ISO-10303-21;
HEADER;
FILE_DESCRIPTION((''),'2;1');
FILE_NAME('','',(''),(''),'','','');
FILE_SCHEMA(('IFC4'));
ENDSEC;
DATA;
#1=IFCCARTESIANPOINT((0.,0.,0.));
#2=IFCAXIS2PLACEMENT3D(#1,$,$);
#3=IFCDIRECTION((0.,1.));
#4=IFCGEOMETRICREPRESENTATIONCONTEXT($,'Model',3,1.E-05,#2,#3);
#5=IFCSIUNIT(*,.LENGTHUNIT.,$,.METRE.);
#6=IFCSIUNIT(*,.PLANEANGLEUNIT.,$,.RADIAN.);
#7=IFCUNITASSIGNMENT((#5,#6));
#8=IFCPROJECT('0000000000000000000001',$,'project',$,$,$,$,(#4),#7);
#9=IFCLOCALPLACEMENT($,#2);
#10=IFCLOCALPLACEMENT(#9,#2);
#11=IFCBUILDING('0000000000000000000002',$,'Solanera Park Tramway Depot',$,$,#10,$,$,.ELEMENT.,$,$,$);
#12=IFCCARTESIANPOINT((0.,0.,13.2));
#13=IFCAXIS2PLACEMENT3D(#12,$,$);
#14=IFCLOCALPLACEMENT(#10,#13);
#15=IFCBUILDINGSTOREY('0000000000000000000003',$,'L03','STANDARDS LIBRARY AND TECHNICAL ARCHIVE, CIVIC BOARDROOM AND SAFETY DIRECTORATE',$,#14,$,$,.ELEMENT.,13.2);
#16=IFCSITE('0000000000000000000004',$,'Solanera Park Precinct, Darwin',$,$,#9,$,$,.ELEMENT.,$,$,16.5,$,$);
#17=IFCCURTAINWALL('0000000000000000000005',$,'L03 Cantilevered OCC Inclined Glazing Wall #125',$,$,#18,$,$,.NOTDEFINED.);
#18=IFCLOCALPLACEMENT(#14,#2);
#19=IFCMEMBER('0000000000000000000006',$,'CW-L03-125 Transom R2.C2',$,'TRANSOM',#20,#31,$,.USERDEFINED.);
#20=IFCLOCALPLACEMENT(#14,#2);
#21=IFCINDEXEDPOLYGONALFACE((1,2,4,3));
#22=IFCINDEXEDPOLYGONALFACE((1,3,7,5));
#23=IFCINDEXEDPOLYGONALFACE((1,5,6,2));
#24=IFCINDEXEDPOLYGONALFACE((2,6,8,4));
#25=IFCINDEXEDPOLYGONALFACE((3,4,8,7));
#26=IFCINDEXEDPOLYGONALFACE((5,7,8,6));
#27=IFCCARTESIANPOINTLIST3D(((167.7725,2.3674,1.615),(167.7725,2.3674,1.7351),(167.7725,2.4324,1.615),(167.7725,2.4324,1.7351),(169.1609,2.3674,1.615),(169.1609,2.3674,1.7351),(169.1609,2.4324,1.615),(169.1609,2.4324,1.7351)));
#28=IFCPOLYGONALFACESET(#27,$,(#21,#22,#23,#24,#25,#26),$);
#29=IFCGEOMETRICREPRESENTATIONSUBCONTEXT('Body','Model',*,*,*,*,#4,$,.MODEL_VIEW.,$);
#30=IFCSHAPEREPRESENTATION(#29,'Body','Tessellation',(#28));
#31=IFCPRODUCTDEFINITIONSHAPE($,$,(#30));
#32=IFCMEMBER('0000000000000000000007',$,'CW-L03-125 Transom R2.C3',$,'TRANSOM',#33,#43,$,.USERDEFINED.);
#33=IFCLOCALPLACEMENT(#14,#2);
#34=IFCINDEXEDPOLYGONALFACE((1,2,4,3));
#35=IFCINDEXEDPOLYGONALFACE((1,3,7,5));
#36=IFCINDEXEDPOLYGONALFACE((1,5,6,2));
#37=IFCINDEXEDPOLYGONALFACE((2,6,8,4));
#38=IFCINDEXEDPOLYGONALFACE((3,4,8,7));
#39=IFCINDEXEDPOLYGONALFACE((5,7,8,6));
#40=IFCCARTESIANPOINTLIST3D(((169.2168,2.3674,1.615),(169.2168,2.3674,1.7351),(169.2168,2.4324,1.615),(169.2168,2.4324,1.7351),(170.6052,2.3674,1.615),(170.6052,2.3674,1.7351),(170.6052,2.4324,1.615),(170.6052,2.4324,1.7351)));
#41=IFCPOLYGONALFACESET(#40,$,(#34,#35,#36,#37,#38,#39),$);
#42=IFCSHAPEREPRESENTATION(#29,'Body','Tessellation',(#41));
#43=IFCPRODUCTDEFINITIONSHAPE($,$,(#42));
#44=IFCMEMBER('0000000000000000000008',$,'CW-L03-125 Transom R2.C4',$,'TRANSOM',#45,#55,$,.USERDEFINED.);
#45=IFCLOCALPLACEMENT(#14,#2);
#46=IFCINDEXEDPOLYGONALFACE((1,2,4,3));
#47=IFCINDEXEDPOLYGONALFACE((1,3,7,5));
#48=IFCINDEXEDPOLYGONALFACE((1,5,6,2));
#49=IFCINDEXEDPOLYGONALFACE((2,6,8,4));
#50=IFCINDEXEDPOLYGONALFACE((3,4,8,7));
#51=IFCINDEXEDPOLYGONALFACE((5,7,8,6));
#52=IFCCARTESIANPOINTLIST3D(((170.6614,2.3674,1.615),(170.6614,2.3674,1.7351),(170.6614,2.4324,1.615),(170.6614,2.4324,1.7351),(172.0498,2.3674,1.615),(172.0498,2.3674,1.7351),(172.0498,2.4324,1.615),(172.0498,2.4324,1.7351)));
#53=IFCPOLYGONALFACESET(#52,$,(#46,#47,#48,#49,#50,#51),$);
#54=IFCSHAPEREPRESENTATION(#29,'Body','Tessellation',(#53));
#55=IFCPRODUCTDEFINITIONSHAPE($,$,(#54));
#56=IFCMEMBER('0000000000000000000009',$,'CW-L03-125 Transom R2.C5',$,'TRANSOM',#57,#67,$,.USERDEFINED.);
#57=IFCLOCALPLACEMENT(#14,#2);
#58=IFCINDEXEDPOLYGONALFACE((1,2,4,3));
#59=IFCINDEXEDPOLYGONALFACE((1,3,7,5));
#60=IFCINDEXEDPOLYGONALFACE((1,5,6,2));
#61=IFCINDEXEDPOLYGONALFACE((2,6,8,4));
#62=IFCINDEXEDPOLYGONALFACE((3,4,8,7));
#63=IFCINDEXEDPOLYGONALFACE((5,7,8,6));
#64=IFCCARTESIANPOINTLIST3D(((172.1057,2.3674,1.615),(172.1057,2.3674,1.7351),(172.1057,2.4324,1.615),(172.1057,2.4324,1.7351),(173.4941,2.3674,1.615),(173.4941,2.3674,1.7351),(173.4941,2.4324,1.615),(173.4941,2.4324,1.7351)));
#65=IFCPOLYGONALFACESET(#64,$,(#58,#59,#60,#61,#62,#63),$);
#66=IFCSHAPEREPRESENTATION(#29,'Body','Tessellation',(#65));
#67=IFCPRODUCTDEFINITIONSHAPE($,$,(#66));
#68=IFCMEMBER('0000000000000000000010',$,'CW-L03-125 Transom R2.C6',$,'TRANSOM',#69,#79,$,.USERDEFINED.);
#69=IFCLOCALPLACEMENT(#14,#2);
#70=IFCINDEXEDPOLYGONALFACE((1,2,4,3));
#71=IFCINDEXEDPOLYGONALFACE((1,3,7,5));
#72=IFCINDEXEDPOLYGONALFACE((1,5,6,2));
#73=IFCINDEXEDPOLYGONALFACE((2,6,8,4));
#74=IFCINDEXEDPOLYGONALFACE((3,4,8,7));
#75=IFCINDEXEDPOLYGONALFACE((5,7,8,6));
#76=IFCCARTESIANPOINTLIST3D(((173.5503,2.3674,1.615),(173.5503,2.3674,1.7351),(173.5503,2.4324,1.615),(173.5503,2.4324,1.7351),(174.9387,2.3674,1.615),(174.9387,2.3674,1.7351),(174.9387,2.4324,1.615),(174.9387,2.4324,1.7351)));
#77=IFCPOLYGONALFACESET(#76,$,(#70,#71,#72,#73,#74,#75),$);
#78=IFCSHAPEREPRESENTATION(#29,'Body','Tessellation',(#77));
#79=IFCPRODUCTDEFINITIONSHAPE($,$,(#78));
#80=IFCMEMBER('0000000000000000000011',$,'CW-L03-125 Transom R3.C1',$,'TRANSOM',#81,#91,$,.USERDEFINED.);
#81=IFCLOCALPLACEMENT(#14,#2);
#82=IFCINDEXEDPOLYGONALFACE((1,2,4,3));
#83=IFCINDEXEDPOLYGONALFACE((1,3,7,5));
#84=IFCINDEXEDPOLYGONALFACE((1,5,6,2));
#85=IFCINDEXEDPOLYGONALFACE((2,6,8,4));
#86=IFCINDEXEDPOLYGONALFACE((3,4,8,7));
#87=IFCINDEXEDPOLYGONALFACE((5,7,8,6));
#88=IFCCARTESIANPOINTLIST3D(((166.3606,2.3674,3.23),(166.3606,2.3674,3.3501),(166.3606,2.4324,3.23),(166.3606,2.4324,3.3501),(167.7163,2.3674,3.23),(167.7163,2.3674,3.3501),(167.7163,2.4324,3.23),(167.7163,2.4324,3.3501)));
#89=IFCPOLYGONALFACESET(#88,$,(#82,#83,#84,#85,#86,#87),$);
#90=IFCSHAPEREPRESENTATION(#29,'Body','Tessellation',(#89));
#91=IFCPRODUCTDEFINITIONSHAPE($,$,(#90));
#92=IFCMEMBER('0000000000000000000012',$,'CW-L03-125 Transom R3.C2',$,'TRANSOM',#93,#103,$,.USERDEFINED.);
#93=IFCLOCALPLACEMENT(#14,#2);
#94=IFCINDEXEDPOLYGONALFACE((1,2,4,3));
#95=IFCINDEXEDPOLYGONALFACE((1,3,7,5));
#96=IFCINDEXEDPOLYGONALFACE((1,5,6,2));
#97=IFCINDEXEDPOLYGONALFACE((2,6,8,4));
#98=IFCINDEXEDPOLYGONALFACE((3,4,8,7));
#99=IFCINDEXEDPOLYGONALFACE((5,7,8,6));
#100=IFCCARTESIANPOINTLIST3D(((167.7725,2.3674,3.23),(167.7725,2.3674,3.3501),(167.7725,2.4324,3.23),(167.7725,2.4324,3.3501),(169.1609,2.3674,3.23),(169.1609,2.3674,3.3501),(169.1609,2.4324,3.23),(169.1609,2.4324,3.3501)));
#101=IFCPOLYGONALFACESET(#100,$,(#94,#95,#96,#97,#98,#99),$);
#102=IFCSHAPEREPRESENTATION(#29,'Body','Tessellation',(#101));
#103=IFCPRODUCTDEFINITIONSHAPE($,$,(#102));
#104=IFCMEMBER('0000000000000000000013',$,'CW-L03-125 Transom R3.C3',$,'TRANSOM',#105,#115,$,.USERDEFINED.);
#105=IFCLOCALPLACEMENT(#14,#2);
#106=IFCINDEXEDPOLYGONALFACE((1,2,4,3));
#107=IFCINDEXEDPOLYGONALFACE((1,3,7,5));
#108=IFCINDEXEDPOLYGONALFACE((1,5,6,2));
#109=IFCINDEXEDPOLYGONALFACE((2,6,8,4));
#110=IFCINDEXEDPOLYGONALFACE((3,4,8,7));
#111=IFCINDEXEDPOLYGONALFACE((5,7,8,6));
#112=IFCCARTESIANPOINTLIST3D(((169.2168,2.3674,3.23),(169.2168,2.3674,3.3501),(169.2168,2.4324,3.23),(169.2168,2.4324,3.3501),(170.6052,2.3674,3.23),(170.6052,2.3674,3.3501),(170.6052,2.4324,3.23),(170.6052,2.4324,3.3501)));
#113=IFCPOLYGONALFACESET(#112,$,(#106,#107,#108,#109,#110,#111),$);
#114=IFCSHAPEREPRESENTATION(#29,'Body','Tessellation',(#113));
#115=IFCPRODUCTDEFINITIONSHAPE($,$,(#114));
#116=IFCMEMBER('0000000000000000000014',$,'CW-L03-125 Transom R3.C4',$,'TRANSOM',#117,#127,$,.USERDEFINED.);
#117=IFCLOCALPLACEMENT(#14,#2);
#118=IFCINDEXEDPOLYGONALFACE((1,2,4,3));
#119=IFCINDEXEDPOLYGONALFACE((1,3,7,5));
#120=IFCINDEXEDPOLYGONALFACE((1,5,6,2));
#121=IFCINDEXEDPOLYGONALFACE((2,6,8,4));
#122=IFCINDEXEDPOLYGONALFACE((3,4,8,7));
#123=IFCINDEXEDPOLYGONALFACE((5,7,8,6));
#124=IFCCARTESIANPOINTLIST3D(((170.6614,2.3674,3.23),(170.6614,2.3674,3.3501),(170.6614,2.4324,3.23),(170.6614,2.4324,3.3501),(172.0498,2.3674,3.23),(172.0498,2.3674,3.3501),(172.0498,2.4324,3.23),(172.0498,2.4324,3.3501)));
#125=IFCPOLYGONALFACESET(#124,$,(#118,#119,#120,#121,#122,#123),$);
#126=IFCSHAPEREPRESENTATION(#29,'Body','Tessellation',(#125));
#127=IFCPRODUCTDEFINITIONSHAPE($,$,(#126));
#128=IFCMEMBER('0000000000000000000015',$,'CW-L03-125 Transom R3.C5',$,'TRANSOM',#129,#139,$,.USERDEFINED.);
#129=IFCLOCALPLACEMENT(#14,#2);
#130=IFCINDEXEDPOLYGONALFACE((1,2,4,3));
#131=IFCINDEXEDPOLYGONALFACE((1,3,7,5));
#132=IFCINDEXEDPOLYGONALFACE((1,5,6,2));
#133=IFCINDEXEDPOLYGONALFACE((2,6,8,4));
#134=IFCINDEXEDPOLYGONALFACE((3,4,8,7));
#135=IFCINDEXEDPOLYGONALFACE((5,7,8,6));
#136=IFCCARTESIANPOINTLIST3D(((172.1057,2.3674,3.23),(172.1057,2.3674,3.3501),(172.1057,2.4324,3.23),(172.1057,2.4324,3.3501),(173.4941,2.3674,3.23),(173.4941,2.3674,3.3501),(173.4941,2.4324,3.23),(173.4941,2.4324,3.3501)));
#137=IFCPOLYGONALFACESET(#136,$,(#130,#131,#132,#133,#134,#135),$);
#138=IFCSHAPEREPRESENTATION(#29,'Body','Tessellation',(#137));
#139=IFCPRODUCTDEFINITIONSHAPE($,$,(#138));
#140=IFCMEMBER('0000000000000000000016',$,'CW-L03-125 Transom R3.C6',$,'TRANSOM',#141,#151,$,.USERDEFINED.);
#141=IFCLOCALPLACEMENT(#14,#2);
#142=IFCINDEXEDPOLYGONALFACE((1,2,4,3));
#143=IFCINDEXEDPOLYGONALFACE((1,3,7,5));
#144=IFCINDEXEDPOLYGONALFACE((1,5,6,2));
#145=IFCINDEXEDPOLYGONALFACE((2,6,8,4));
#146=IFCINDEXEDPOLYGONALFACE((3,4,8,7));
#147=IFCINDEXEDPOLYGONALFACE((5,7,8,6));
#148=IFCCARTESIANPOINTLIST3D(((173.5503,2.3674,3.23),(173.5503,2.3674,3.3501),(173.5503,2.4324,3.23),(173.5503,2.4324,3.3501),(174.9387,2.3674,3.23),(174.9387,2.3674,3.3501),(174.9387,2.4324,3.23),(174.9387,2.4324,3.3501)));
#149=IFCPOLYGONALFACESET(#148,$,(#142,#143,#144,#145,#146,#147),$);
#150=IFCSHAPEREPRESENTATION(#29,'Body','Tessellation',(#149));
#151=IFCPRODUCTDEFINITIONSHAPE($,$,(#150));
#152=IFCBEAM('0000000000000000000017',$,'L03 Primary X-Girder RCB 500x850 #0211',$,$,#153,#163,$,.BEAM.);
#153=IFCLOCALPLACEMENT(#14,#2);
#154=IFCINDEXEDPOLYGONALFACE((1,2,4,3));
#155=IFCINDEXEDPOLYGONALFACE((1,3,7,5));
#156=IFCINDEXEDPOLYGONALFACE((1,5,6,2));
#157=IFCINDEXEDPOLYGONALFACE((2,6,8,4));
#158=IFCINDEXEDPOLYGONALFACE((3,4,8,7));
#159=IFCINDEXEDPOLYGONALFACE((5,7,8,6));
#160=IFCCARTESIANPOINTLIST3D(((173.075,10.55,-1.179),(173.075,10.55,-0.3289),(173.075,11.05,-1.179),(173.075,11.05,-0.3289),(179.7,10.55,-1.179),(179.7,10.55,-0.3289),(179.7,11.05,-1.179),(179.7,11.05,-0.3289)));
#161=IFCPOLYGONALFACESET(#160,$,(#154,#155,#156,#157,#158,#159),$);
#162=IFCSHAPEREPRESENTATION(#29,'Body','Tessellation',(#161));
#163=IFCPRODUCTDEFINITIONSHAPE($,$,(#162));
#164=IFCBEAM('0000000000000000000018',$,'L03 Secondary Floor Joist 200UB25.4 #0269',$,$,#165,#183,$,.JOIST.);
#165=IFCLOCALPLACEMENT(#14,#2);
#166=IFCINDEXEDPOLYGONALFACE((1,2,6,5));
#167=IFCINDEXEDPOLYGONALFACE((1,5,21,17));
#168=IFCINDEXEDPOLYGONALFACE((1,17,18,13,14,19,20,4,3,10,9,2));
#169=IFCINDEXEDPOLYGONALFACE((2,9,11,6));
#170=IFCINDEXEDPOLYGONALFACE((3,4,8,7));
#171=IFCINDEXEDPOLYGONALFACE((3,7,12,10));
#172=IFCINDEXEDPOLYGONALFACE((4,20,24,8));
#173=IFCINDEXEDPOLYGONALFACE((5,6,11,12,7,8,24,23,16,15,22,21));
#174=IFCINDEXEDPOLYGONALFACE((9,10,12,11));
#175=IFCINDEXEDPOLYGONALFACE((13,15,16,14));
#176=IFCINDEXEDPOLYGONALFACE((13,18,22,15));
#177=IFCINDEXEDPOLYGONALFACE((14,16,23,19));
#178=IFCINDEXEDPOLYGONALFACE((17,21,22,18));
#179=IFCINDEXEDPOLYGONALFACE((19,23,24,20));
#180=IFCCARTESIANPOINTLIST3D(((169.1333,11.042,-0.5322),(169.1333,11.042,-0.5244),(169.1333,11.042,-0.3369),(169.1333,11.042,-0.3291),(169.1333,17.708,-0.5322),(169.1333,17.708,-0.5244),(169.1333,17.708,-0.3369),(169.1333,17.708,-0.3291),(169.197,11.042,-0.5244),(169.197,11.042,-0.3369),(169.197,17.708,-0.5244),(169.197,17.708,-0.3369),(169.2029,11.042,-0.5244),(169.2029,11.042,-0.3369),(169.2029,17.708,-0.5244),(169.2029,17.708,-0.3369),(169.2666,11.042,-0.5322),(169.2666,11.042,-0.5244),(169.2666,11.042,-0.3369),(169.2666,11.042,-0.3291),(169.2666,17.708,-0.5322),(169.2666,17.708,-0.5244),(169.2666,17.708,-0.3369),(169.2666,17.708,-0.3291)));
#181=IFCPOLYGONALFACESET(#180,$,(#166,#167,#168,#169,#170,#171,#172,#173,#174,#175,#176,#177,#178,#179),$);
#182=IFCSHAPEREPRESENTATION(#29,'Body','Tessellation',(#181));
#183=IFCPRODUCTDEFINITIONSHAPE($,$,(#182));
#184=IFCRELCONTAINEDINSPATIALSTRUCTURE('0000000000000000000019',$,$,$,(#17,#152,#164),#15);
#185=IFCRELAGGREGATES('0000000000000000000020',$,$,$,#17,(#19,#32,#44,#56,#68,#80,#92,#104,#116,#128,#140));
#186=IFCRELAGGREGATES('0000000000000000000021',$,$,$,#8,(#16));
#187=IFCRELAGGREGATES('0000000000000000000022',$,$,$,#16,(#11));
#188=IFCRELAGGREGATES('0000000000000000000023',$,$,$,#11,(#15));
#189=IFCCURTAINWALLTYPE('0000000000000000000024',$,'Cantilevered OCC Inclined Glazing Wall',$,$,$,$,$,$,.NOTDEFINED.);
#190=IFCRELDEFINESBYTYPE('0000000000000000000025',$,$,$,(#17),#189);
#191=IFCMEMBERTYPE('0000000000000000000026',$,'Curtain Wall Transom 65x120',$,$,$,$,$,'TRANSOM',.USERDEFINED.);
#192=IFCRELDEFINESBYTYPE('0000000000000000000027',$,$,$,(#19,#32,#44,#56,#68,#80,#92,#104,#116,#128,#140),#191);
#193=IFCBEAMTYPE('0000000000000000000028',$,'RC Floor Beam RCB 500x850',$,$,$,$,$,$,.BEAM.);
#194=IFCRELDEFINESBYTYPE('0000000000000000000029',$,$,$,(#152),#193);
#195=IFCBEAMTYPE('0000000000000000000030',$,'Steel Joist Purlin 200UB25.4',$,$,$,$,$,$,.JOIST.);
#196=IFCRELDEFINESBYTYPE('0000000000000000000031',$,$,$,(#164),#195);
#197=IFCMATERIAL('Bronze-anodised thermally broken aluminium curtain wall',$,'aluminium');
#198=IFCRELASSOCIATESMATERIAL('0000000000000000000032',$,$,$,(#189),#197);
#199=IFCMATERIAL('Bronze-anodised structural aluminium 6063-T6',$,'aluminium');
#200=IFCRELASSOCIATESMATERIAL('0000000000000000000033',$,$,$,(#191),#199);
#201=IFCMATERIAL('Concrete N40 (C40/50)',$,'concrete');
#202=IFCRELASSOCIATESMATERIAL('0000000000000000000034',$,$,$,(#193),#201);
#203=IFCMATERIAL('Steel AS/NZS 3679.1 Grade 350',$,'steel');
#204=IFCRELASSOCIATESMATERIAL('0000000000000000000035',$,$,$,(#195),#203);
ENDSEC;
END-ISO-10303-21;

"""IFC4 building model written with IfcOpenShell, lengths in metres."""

from ifc_helpers import new_model, si_unit, direction, frame, origin, origin_2d, place, context, subcontext, project, spatial, rectangle, i_section, extrude, material, material_profile, profile_set, type_object, element, aggregate, save


model = new_model("IFC4")

# Units and contexts
model_context = context("Model", 3, precision=1e-05, world=origin(), true_north=direction((0.0, 1.0)))
body_context = subcontext(model_context, "Body", "Model", "MODEL_VIEW")
ifc_project = project(units=[si_unit("LENGTHUNIT", "METRE"), si_unit("PLANEANGLEUNIT", "RADIAN")], contexts=[model_context])

# Site, building, storey
site_placement = place(None, origin())
site = spatial("IfcSite", under=ifc_project, at=site_placement, Name="Solanera Park Precinct, Darwin", CompositionType="ELEMENT", RefElevation=16.5)
building_placement = place(site_placement, origin())
building = spatial("IfcBuilding", under=site, at=building_placement, Name="Solanera Park Tramway Depot", CompositionType="ELEMENT")
storey_placement = place(building_placement, frame((0.0, 0.0, 13.2)))
storey = spatial("IfcBuildingStorey", under=building, at=storey_placement, Name="L03", Description="STANDARDS LIBRARY AND TECHNICAL ARCHIVE, CIVIC BOARDROOM AND SAFETY DIRECTORATE", CompositionType="ELEMENT", Elevation=13.2)

# Curtain wall, members
ifc_material_1 = material(Name="Bronze-anodised thermally broken aluminium curtain wall", Category="aluminium")
curtain_wall_type = type_object("IfcCurtainWallType", Name="Cantilevered OCC Inclined Glazing Wall", PredefinedType="NOTDEFINED", material=ifc_material_1)
curtain_wall_placement = place(storey_placement, origin())
curtain_wall = element("IfcCurtainWall", 1, at=curtain_wall_placement, inside=storey, type_object=curtain_wall_type, Name="L03 Cantilevered OCC Inclined Glazing Wall #125", PredefinedType="NOTDEFINED")
ifc_material_2 = material(Name="Bronze-anodised structural aluminium 6063-T6", Category="aluminium")
ifc_material_profile_1 = material_profile(ifc_material_2, rectangle(XDim=0.0649, YDim=0.1201, at=origin_2d()), Name="Curtain Wall Transom 65x120")
ifc_profile_set_1 = profile_set([ifc_material_profile_1], Name="Bronze-anodised structural aluminium 6063-T6")
member_type_1 = type_object("IfcMemberType", Name="Curtain Wall Transom 65x120", ElementType="TRANSOM", PredefinedType="USERDEFINED", material=ifc_profile_set_1)
member_1_placement = place(storey_placement, frame((167.7725, 2.3999, 1.675), z_axis=(1.0, 0.0, 0.0), x_axis=(0.0, 1.0, 0.0)))
member_1 = element("IfcMember", 2, at=member_1_placement, type_object=member_type_1, Name="CW-L03-125 Transom R2.C2", ObjectType="TRANSOM", PredefinedType="USERDEFINED", context=body_context, shape_type="SweptSolid", body=[
    extrude(rectangle(XDim=0.0649, YDim=0.1201, at=origin_2d()), origin(), (0.0, 0.0, 1.0), 1.3884),
])
member_2_placement = place(storey_placement, frame((169.2168, 2.3999, 1.675), z_axis=(1.0, 0.0, 0.0), x_axis=(0.0, 1.0, 0.0)))
member_2 = element("IfcMember", 3, at=member_2_placement, type_object=member_type_1, Name="CW-L03-125 Transom R2.C3", ObjectType="TRANSOM", PredefinedType="USERDEFINED", context=body_context, shape_type="SweptSolid", body=[
    extrude(rectangle(XDim=0.0649, YDim=0.1201, at=origin_2d()), origin(), (0.0, 0.0, 1.0), 1.3884),
])
member_3_placement = place(storey_placement, frame((170.6614, 2.3999, 1.675), z_axis=(1.0, 0.0, 0.0), x_axis=(0.0, 1.0, 0.0)))
member_3 = element("IfcMember", 4, at=member_3_placement, type_object=member_type_1, Name="CW-L03-125 Transom R2.C4", ObjectType="TRANSOM", PredefinedType="USERDEFINED", context=body_context, shape_type="SweptSolid", body=[
    extrude(rectangle(XDim=0.0649, YDim=0.1201, at=origin_2d()), origin(), (0.0, 0.0, 1.0), 1.3884),
])
member_4_placement = place(storey_placement, frame((172.1057, 2.3999, 1.675), z_axis=(1.0, 0.0, 0.0), x_axis=(0.0, 1.0, 0.0)))
member_4 = element("IfcMember", 5, at=member_4_placement, type_object=member_type_1, Name="CW-L03-125 Transom R2.C5", ObjectType="TRANSOM", PredefinedType="USERDEFINED", context=body_context, shape_type="SweptSolid", body=[
    extrude(rectangle(XDim=0.0649, YDim=0.1201, at=origin_2d()), origin(), (0.0, 0.0, 1.0), 1.3884),
])
member_5_placement = place(storey_placement, frame((173.5503, 2.3999, 1.675), z_axis=(1.0, 0.0, 0.0), x_axis=(0.0, 1.0, 0.0)))
member_5 = element("IfcMember", 6, at=member_5_placement, type_object=member_type_1, Name="CW-L03-125 Transom R2.C6", ObjectType="TRANSOM", PredefinedType="USERDEFINED", context=body_context, shape_type="SweptSolid", body=[
    extrude(rectangle(XDim=0.0649, YDim=0.1201, at=origin_2d()), origin(), (0.0, 0.0, 1.0), 1.3884),
])
member_6_placement = place(storey_placement, frame((166.3606, 2.3999, 3.29), z_axis=(1.0, 0.0, 0.0), x_axis=(0.0, 1.0, 0.0)))
member_6 = element("IfcMember", 7, at=member_6_placement, type_object=member_type_1, Name="CW-L03-125 Transom R3.C1", ObjectType="TRANSOM", PredefinedType="USERDEFINED", context=body_context, shape_type="SweptSolid", body=[
    extrude(rectangle(XDim=0.0649, YDim=0.1201, at=origin_2d()), origin(), (0.0, 0.0, 1.0), 1.3557),
])
member_7_placement = place(storey_placement, frame((167.7725, 2.3999, 3.29), z_axis=(1.0, 0.0, 0.0), x_axis=(0.0, 1.0, 0.0)))
member_7 = element("IfcMember", 8, at=member_7_placement, type_object=member_type_1, Name="CW-L03-125 Transom R3.C2", ObjectType="TRANSOM", PredefinedType="USERDEFINED", context=body_context, shape_type="SweptSolid", body=[
    extrude(rectangle(XDim=0.0649, YDim=0.1201, at=origin_2d()), origin(), (0.0, 0.0, 1.0), 1.3884),
])
member_8_placement = place(storey_placement, frame((169.2168, 2.3999, 3.29), z_axis=(1.0, 0.0, 0.0), x_axis=(0.0, 1.0, 0.0)))
member_8 = element("IfcMember", 9, at=member_8_placement, type_object=member_type_1, Name="CW-L03-125 Transom R3.C3", ObjectType="TRANSOM", PredefinedType="USERDEFINED", context=body_context, shape_type="SweptSolid", body=[
    extrude(rectangle(XDim=0.0649, YDim=0.1201, at=origin_2d()), origin(), (0.0, 0.0, 1.0), 1.3884),
])
member_9_placement = place(storey_placement, frame((170.6614, 2.3999, 3.29), z_axis=(1.0, 0.0, 0.0), x_axis=(0.0, 1.0, 0.0)))
member_9 = element("IfcMember", 10, at=member_9_placement, type_object=member_type_1, Name="CW-L03-125 Transom R3.C4", ObjectType="TRANSOM", PredefinedType="USERDEFINED", context=body_context, shape_type="SweptSolid", body=[
    extrude(rectangle(XDim=0.0649, YDim=0.1201, at=origin_2d()), origin(), (0.0, 0.0, 1.0), 1.3884),
])
member_10_placement = place(storey_placement, frame((172.1057, 2.3999, 3.29), z_axis=(1.0, 0.0, 0.0), x_axis=(0.0, 1.0, 0.0)))
member_10 = element("IfcMember", 11, at=member_10_placement, type_object=member_type_1, Name="CW-L03-125 Transom R3.C5", ObjectType="TRANSOM", PredefinedType="USERDEFINED", context=body_context, shape_type="SweptSolid", body=[
    extrude(rectangle(XDim=0.0649, YDim=0.1201, at=origin_2d()), origin(), (0.0, 0.0, 1.0), 1.3884),
])
member_11_placement = place(storey_placement, frame((173.5503, 2.3999, 3.29), z_axis=(1.0, 0.0, 0.0), x_axis=(0.0, 1.0, 0.0)))
member_11 = element("IfcMember", 12, at=member_11_placement, type_object=member_type_1, Name="CW-L03-125 Transom R3.C6", ObjectType="TRANSOM", PredefinedType="USERDEFINED", context=body_context, shape_type="SweptSolid", body=[
    extrude(rectangle(XDim=0.0649, YDim=0.1201, at=origin_2d()), origin(), (0.0, 0.0, 1.0), 1.3884),
])

# Beams
ifc_material_3 = material(Name="Concrete N40 (C40/50)", Category="concrete")
ifc_material_profile_2 = material_profile(ifc_material_3, rectangle(XDim=0.5, YDim=0.8501, at=origin_2d()), Name="RCB 500x850")
ifc_profile_set_2 = profile_set([ifc_material_profile_2], Name="Concrete N40 (C40/50)")
beam_type_1 = type_object("IfcBeamType", Name="RC Floor Beam RCB 500x850", PredefinedType="BEAM", material=ifc_profile_set_2)
beam_1_placement = place(storey_placement, frame((173.075, 10.8, -0.7539), z_axis=(1.0, 0.0, 0.0), x_axis=(0.0, 1.0, 0.0)))
element("IfcBeam", 13, at=beam_1_placement, inside=storey, type_object=beam_type_1, Name="L03 Primary X-Girder RCB 500x850 #0211", PredefinedType="BEAM", context=body_context, shape_type="SweptSolid", body=[
    extrude(rectangle(XDim=0.5, YDim=0.8501, at=origin_2d()), origin(), (0.0, 0.0, 1.0), 6.625),
])
ifc_material_4 = material(Name="Steel AS/NZS 3679.1 Grade 350", Category="steel")
ifc_material_profile_3 = material_profile(ifc_material_4, i_section(OverallWidth=0.1333, OverallDepth=0.2031, WebThickness=0.0059, FlangeThickness=0.0078, at=origin_2d()), Name="200UB25.4")
ifc_profile_set_3 = profile_set([ifc_material_profile_3], Name="Steel AS/NZS 3679.1 Grade 350")
beam_type_2 = type_object("IfcBeamType", Name="Steel Joist Purlin 200UB25.4", PredefinedType="JOIST", material=ifc_profile_set_3)
beam_2_placement = place(storey_placement, frame((169.2, 11.042, -0.4307), z_axis=(0.0, 1.0, 0.0), x_axis=(-1.0, 0.0, 0.0)))
element("IfcBeam", 14, at=beam_2_placement, inside=storey, type_object=beam_type_2, Name="L03 Secondary Floor Joist 200UB25.4 #0269", PredefinedType="JOIST", context=body_context, shape_type="SweptSolid", body=[
    extrude(i_section(OverallWidth=0.1333, OverallDepth=0.2031, WebThickness=0.0059, FlangeThickness=0.0078, at=origin_2d()), origin(), (0.0, 0.0, 1.0), 6.666),
])

aggregate(curtain_wall, [member_1, member_2, member_3, member_4, member_5, member_6, member_7, member_8, member_9, member_10, member_11])

save(model, "model.ifc")
